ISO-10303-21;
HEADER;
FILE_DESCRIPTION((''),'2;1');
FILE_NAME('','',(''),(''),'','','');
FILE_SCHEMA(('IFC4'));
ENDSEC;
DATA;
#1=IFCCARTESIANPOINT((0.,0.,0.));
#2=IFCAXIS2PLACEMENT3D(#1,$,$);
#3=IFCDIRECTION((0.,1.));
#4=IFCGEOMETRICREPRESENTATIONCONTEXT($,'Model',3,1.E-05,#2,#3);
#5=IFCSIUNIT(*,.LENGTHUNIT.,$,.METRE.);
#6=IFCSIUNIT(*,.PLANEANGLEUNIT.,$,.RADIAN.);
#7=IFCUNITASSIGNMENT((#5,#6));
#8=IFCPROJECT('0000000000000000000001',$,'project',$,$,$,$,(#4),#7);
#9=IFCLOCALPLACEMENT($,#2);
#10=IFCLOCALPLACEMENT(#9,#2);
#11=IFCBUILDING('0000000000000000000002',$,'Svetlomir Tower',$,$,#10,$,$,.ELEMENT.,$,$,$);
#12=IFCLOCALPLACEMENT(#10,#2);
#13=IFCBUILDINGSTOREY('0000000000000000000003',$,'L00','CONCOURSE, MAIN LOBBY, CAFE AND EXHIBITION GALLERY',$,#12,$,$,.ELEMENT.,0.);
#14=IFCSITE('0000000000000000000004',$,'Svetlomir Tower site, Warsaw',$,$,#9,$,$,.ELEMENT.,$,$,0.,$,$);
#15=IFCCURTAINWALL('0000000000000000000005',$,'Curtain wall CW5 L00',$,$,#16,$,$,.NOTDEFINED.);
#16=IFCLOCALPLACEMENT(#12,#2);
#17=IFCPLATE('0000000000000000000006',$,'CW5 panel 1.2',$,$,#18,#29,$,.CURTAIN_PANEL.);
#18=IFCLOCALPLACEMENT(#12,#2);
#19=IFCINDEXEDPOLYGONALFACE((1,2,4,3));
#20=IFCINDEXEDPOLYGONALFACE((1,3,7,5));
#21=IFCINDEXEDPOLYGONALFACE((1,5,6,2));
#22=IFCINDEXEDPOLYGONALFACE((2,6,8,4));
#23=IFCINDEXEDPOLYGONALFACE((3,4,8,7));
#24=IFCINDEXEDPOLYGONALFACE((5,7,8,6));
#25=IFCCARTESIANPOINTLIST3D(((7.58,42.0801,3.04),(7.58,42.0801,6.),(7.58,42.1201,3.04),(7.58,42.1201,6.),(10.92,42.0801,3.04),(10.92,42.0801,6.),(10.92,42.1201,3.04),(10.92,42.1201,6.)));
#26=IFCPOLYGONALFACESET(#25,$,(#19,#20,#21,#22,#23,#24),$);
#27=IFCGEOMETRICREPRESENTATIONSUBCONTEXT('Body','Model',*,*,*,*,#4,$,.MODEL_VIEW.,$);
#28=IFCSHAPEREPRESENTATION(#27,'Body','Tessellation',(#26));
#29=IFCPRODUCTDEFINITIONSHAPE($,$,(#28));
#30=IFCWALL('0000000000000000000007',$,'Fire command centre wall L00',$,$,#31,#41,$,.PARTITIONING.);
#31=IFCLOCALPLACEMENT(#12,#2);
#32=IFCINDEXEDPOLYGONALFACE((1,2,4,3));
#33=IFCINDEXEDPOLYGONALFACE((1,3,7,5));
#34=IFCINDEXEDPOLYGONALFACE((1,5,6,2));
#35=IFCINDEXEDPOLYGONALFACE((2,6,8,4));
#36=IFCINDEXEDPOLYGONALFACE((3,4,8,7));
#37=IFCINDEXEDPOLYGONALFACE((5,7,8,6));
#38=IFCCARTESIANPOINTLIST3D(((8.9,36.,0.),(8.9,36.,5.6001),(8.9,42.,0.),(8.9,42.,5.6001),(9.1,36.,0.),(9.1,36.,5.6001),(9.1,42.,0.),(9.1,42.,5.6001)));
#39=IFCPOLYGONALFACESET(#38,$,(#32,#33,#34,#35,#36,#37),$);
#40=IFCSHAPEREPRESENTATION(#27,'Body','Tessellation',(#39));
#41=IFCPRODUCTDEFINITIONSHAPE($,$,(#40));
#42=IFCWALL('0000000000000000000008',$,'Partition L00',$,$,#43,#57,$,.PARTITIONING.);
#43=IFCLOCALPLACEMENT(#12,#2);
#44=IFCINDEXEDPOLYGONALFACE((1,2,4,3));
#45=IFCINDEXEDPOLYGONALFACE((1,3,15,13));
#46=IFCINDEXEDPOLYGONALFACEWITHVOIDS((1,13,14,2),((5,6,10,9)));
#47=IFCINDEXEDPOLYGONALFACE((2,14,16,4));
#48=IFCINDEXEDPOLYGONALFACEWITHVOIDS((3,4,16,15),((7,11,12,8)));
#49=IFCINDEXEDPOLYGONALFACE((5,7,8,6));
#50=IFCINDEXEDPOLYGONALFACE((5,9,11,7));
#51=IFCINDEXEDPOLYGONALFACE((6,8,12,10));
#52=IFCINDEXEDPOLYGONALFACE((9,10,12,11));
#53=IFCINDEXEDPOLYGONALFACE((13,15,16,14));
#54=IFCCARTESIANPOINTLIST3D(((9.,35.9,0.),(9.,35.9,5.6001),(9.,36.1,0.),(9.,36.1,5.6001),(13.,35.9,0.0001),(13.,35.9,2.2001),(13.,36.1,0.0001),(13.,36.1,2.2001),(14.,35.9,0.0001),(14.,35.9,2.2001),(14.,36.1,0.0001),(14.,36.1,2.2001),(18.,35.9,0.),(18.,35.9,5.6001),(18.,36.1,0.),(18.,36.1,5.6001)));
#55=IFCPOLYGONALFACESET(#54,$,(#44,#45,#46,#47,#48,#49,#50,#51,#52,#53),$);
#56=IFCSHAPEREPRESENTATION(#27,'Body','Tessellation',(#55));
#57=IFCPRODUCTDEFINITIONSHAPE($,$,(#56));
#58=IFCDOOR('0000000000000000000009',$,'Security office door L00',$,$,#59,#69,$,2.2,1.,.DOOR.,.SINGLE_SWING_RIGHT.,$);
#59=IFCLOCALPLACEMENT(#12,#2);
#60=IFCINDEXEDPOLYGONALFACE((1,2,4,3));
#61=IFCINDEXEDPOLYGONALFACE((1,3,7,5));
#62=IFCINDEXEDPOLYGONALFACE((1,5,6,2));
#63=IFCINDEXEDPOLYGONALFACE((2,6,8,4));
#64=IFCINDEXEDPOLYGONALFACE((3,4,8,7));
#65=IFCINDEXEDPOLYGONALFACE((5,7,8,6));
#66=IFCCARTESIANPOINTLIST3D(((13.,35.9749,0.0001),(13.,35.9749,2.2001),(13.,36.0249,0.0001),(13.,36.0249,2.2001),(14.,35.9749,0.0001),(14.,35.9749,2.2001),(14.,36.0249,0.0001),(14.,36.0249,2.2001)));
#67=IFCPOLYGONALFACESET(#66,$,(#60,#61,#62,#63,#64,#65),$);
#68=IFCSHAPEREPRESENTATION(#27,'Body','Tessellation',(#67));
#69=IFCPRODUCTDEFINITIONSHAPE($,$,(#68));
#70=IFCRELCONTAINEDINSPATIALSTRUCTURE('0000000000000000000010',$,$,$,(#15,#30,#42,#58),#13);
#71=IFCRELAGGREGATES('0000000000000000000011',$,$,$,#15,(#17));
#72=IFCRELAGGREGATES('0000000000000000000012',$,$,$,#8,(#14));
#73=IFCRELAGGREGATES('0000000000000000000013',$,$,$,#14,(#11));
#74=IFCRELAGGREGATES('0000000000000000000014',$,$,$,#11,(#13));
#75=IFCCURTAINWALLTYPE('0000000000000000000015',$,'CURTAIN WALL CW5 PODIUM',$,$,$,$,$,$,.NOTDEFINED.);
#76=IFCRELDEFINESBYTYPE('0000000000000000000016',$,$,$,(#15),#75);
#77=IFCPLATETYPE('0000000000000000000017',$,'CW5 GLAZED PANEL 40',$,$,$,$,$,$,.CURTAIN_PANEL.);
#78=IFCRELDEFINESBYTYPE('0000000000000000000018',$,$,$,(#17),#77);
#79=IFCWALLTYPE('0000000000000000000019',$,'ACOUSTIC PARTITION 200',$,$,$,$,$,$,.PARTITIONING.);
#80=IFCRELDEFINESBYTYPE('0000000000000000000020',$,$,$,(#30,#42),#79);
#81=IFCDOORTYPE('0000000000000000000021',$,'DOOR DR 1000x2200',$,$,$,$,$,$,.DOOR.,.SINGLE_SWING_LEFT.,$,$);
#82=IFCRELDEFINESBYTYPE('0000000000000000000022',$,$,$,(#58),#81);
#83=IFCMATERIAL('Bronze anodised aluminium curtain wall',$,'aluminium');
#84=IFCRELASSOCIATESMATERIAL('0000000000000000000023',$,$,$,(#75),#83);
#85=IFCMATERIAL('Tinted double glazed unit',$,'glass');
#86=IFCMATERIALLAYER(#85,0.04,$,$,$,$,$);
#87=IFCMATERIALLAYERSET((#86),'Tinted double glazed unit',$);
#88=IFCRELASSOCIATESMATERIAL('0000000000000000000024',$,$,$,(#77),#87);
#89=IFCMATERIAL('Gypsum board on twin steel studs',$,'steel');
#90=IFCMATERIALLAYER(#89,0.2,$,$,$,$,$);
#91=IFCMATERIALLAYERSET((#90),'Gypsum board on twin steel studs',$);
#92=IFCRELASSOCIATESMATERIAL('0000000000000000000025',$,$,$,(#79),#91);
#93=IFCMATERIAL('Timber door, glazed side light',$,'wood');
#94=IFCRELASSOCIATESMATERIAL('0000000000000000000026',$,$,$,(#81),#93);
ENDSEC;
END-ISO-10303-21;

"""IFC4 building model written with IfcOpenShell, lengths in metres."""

from ifc_helpers import new_model, si_unit, direction, frame, frame_2d, origin, origin_2d, place, context, subcontext, project, spatial, rectangle, extrude, material, layer, layer_set, type_object, element, fill, aggregate, save


model = new_model("IFC4")

# Units and contexts
model_context = context("Model", 3, precision=1e-05, world=origin(), true_north=direction((0.0, 1.0)))
body_context = subcontext(model_context, "Body", "Model", "MODEL_VIEW")
ifc_project = project(units=[si_unit("LENGTHUNIT", "METRE"), si_unit("PLANEANGLEUNIT", "RADIAN")], contexts=[model_context])

# Site, building, storey
site_placement = place(None, origin())
site = spatial("IfcSite", under=ifc_project, at=site_placement, Name="Svetlomir Tower site, Warsaw", CompositionType="ELEMENT", RefElevation=0.0)
building_placement = place(site_placement, origin())
building = spatial("IfcBuilding", under=site, at=building_placement, Name="Svetlomir Tower", CompositionType="ELEMENT")
storey_placement = place(building_placement, origin())
storey = spatial("IfcBuildingStorey", under=building, at=storey_placement, Name="L00", Description="CONCOURSE, MAIN LOBBY, CAFE AND EXHIBITION GALLERY", CompositionType="ELEMENT", Elevation=0.0)

# Curtain wall
ifc_material_1 = material(Name="Bronze anodised aluminium curtain wall", Category="aluminium")
curtain_wall_type = type_object("IfcCurtainWallType", Name="CURTAIN WALL CW5 PODIUM", PredefinedType="NOTDEFINED", material=ifc_material_1)
curtain_wall_1_placement = place(storey_placement, origin())
curtain_wall_1 = element("IfcCurtainWall", 1, at=curtain_wall_1_placement, inside=storey, type_object=curtain_wall_type, Name="Curtain wall CW5 L00", PredefinedType="NOTDEFINED")

# Plate
ifc_material_2 = material(Name="Tinted double glazed unit", Category="glass")
ifc_layer_1 = layer(ifc_material_2, 0.04)
ifc_layer_set_1 = layer_set([ifc_layer_1], Name="Tinted double glazed unit")
plate_type = type_object("IfcPlateType", Name="CW5 GLAZED PANEL 40", PredefinedType="CURTAIN_PANEL", material=ifc_layer_set_1)
plate_1_placement = place(storey_placement, frame((9.25, 42.1001, 3.04), z_axis=(0.0, 0.0, 1.0), x_axis=(-1.0, 0.0, 0.0)))
plate_1 = element("IfcPlate", 2, at=plate_1_placement, type_object=plate_type, Name="CW5 panel 1.2", PredefinedType="CURTAIN_PANEL", context=body_context, shape_type="SweptSolid", body=[
    extrude(rectangle(XDim=3.3401, YDim=0.04, at=origin_2d()), origin(), (0.0, 0.0, 1.0), 2.96),
])
aggregate(curtain_wall_1, [plate_1])

# Wall
ifc_material_3 = material(Name="Gypsum board on twin steel studs", Category="steel")
ifc_layer_2 = layer(ifc_material_3, 0.2)
ifc_layer_set_2 = layer_set([ifc_layer_2], Name="Gypsum board on twin steel studs")
wall_type_1 = type_object("IfcWallType", Name="ACOUSTIC PARTITION 200", PredefinedType="PARTITIONING", material=ifc_layer_set_2)
wall_1_placement = place(storey_placement, frame((9.0, 36.0, 0.0), z_axis=(0.0, 0.0, 1.0), x_axis=(0.0, 1.0, 0.0)))
element("IfcWall", 3, at=wall_1_placement, inside=storey, type_object=wall_type_1, Name="Fire command centre wall L00", PredefinedType="PARTITIONING", context=body_context, shape_type="SweptSolid", body=[
    extrude(rectangle(XDim=6.0, YDim=0.2, at=frame_2d((3.0, 0.0))), origin(), (0.0, 0.0, 1.0), 5.6001),
])

# Wall, opening, door
wall_2_placement = place(storey_placement, frame((9.0, 36.0, 0.0), z_axis=(0.0, 0.0, 1.0), x_axis=(1.0, 0.0, 0.0)))
wall_2 = element("IfcWall", 4, at=wall_2_placement, inside=storey, type_object=wall_type_1, Name="Partition L00", PredefinedType="PARTITIONING", context=body_context, shape_type="SweptSolid", body=[
    extrude(rectangle(XDim=9.0, YDim=0.2, at=frame_2d((4.5, 0.0))), origin(), (0.0, 0.0, 1.0), 5.6001),
])
opening_1_placement = place(wall_2_placement, frame((4.0, 0.0, 0.0)))
opening_1 = element("IfcOpeningElement", 5, at=opening_1_placement, cuts=wall_2, PredefinedType="OPENING", context=body_context, shape_type="SweptSolid", body=[
    extrude(rectangle(XDim=1.0, YDim=2.2, at=frame_2d((0.5, 1.1001))), frame((0.0, 0.1099, 0.0), z_axis=(0.0, -1.0, 0.0), x_axis=(1.0, 0.0, 0.0)), (0.0, 0.0, 1.0), 0.22),
])
ifc_material_4 = material(Name="Timber door, glazed side light", Category="wood")
door_type_1 = type_object("IfcDoorType", Name="DOOR DR 1000x2200", OperationType="SINGLE_SWING_LEFT", PredefinedType="DOOR", material=ifc_material_4)
door_1_placement = place(opening_1_placement, origin())
door_1 = element("IfcDoor", 6, at=door_1_placement, inside=storey, type_object=door_type_1, Name="Security office door L00", OperationType="SINGLE_SWING_RIGHT", OverallHeight=2.2, OverallWidth=1.0, PredefinedType="DOOR", context=body_context, shape_type="SweptSolid", body=[
    extrude(rectangle(XDim=1.0, YDim=2.2, at=frame_2d((0.5, 1.1001))), frame((0.0, 0.0249, 0.0), z_axis=(0.0, -1.0, 0.0), x_axis=(1.0, 0.0, 0.0)), (0.0, 0.0, 1.0), 0.05),
])
fill(opening_1, door_1)

save(model, "model.ifc")
